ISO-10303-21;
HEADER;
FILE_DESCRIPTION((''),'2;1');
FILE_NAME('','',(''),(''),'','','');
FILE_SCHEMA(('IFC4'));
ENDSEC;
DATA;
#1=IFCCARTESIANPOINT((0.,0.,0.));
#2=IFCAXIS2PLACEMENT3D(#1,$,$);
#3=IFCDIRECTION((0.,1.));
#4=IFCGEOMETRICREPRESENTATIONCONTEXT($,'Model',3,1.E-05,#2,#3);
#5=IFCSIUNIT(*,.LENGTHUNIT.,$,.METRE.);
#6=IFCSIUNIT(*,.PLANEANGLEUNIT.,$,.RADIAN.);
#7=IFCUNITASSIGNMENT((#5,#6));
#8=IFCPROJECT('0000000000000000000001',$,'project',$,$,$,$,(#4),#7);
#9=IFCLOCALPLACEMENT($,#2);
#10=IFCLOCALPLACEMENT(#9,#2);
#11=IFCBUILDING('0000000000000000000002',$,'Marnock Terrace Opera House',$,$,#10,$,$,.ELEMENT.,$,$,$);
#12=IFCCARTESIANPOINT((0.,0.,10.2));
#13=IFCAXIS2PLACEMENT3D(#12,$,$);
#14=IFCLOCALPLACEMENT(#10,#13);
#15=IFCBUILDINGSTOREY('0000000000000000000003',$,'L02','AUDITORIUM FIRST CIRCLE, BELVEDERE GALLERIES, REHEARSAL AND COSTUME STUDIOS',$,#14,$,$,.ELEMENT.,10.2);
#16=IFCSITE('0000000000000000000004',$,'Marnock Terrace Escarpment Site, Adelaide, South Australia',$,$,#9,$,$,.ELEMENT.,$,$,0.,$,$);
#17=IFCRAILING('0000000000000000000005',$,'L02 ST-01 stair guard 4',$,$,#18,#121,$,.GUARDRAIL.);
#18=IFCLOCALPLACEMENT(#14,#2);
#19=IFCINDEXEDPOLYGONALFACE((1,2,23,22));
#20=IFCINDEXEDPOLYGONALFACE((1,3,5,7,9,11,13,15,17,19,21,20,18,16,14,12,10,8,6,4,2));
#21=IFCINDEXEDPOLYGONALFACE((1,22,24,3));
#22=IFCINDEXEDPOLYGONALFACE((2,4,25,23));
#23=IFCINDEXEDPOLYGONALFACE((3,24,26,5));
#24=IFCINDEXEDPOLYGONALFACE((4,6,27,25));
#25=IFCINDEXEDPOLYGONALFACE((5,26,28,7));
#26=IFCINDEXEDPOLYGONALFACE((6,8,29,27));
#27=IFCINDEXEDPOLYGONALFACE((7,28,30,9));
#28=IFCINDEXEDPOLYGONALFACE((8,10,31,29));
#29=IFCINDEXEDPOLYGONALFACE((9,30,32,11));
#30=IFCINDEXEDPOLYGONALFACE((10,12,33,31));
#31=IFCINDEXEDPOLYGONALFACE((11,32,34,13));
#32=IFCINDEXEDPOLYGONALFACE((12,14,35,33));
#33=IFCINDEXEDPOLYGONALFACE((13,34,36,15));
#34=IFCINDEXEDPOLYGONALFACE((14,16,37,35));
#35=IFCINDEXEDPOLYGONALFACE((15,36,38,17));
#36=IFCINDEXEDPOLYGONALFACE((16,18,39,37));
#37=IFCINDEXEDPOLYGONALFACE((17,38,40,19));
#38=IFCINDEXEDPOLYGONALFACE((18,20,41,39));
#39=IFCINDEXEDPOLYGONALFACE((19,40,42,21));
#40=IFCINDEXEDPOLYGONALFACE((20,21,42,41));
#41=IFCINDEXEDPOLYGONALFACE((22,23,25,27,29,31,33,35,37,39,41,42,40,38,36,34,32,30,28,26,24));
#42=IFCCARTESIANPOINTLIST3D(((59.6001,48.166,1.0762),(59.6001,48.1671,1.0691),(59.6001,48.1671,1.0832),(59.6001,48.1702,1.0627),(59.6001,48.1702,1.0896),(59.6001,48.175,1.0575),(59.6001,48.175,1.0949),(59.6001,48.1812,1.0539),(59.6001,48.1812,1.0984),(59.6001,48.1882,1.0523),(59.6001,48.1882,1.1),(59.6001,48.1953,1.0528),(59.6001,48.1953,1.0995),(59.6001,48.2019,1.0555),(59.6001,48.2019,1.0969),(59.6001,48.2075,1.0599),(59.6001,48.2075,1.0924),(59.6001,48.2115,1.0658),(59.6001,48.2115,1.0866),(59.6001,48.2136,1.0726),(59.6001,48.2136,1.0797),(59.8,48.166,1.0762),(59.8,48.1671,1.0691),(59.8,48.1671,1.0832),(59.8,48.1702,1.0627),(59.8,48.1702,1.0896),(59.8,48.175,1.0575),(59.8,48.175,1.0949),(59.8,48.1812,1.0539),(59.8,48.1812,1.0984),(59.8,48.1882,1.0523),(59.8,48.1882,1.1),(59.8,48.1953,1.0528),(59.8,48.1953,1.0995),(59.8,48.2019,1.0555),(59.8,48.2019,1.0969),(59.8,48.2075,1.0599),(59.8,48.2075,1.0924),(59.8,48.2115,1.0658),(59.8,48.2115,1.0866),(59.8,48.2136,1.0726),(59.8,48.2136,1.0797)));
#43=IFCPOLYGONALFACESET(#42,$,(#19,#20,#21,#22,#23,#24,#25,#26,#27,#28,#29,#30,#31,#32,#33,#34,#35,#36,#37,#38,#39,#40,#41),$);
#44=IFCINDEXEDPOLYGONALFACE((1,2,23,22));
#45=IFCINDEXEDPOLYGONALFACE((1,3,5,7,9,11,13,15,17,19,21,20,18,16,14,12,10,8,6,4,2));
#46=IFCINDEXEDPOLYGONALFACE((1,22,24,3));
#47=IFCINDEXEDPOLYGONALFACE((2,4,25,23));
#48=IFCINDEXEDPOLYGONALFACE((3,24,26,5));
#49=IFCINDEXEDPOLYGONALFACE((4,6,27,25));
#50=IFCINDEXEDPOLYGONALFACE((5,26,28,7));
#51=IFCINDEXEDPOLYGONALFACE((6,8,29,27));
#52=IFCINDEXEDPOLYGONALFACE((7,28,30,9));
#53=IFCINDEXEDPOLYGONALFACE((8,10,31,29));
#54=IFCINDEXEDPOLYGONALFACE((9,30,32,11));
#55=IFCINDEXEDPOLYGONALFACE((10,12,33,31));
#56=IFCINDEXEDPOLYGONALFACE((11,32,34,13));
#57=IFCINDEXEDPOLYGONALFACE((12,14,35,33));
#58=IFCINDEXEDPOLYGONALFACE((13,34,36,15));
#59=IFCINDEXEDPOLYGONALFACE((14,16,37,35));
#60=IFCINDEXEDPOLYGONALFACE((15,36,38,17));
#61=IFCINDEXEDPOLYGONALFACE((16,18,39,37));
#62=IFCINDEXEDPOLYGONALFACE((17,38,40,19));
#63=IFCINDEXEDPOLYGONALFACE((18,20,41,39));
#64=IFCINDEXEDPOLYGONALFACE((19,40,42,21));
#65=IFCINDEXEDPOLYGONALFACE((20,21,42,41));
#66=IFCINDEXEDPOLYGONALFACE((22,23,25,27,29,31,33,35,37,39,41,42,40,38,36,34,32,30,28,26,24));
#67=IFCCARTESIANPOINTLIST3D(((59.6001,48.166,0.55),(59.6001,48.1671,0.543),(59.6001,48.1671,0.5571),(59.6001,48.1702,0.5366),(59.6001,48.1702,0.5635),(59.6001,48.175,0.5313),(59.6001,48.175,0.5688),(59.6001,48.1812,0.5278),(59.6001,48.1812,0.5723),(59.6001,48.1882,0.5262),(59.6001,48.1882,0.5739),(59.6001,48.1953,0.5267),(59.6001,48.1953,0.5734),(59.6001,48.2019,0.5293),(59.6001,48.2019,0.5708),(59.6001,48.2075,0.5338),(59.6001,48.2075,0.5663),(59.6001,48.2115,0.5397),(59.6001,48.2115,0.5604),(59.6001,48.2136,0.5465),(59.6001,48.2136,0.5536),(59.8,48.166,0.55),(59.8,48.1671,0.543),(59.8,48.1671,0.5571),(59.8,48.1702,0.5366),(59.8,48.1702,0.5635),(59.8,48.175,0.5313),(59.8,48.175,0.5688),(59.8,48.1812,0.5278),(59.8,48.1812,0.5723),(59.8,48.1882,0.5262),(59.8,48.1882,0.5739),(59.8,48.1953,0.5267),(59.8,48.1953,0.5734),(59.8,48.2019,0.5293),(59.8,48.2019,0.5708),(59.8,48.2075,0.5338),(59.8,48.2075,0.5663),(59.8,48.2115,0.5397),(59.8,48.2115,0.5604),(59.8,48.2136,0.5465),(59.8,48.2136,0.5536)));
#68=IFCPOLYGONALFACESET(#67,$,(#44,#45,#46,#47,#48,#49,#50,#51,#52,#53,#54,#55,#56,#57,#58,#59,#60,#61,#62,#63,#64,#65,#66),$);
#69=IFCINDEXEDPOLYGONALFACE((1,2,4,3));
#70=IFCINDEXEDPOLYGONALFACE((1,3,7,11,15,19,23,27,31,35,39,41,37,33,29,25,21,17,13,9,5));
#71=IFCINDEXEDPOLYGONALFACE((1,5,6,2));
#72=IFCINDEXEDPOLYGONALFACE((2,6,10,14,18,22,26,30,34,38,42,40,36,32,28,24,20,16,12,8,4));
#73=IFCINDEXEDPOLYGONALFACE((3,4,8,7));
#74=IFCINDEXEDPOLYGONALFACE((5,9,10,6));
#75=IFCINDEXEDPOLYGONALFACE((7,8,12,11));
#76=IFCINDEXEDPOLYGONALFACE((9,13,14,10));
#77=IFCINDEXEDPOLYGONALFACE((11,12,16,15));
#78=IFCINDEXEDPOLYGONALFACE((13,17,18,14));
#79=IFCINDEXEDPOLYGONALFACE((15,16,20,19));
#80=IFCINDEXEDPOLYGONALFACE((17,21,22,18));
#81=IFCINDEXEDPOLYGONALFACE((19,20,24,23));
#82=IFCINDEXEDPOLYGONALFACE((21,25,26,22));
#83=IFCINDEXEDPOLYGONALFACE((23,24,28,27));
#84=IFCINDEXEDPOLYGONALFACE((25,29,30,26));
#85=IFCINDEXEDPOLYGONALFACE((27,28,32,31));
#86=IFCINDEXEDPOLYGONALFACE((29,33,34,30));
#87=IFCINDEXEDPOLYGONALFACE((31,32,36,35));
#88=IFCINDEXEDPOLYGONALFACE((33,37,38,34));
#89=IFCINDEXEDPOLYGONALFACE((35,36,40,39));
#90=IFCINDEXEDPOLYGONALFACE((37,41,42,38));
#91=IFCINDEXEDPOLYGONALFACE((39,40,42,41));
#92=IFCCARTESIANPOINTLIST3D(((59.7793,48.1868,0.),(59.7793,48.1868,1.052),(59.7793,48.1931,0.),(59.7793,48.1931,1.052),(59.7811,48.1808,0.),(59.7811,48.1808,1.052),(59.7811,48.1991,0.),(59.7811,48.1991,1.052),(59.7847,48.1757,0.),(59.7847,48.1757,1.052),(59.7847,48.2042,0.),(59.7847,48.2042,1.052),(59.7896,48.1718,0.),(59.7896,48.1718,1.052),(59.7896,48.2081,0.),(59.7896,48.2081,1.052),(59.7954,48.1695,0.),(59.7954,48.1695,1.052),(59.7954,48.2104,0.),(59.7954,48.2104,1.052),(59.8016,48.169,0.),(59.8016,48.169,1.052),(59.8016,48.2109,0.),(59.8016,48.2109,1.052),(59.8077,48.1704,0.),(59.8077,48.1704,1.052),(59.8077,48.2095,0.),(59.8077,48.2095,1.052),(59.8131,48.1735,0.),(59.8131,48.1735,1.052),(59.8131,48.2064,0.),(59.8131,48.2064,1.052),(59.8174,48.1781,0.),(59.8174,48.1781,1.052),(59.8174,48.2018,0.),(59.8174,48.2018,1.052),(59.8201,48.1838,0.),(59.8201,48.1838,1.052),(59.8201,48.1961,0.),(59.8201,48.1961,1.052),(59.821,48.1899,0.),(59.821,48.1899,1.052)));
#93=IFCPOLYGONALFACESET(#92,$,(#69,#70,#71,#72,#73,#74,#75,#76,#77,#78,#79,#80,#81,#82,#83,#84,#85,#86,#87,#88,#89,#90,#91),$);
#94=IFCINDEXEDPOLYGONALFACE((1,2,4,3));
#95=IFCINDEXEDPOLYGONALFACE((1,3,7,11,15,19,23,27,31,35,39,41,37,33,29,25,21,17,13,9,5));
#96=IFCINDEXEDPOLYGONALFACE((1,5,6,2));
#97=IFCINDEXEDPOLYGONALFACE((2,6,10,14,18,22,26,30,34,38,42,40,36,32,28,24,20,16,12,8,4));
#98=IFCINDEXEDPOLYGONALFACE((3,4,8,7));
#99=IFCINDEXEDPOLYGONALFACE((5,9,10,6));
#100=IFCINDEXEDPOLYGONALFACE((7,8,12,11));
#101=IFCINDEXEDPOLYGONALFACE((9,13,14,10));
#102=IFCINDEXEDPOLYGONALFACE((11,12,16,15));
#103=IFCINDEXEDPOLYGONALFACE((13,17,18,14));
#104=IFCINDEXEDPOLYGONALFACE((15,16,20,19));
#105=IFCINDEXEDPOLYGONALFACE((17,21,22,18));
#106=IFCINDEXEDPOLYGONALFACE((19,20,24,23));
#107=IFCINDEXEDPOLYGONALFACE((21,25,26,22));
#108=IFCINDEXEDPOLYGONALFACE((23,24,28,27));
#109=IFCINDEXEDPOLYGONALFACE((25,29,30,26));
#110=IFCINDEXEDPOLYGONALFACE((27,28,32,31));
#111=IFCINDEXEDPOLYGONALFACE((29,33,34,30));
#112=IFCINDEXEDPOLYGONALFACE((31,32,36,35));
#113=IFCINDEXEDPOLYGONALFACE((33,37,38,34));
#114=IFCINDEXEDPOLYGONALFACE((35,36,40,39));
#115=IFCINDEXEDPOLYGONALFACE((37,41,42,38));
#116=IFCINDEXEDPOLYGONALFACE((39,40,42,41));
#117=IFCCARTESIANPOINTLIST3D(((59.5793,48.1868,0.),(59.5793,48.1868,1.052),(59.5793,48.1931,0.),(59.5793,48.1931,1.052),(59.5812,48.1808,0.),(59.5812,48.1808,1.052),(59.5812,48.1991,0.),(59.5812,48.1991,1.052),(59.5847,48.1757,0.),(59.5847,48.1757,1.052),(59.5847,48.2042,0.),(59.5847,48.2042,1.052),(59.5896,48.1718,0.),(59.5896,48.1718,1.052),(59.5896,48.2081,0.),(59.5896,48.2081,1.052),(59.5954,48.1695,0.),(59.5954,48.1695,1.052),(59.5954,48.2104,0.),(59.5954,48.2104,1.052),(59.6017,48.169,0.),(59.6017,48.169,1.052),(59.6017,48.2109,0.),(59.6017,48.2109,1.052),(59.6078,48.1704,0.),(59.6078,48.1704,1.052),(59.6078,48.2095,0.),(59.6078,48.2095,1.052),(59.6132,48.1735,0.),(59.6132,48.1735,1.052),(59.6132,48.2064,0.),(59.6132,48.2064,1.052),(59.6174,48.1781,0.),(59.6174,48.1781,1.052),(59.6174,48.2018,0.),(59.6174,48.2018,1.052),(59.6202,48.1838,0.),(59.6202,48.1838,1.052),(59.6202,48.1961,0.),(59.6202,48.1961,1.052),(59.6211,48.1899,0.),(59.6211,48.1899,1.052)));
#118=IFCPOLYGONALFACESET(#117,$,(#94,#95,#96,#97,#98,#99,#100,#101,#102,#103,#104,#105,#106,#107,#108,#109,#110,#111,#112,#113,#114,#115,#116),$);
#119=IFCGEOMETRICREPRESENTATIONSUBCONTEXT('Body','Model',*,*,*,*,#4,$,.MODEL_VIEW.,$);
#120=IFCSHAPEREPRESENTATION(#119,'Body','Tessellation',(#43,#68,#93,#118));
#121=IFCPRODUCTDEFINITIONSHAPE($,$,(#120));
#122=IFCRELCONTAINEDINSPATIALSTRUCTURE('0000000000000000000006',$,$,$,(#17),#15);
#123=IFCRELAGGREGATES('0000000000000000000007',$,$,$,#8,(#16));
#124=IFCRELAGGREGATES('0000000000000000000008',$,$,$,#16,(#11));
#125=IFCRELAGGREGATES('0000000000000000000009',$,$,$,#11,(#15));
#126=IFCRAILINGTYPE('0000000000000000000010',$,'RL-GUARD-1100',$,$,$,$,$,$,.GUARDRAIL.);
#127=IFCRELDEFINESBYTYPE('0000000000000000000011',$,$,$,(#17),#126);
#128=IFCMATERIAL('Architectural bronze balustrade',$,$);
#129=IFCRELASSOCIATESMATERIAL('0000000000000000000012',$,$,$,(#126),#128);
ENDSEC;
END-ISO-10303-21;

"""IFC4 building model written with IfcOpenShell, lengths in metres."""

from ifc_helpers import new_model, si_unit, direction, frame, origin, origin_2d, place, context, subcontext, project, spatial, circle, extrude, material, type_object, element, save


model = new_model("IFC4")

# Units and contexts
model_context = context("Model", 3, precision=1e-05, world=origin(), true_north=direction((0.0, 1.0)))
body_context = subcontext(model_context, "Body", "Model", "MODEL_VIEW")
ifc_project = project(units=[si_unit("LENGTHUNIT", "METRE"), si_unit("PLANEANGLEUNIT", "RADIAN")], contexts=[model_context])

# Site, building, storey
site_placement = place(None, origin())
site = spatial("IfcSite", under=ifc_project, at=site_placement, Name="Marnock Terrace Escarpment Site, Adelaide, South Australia", CompositionType="ELEMENT", RefElevation=0.0)
building_placement = place(site_placement, origin())
building = spatial("IfcBuilding", under=site, at=building_placement, Name="Marnock Terrace Opera House", CompositionType="ELEMENT")
storey_placement = place(building_placement, frame((0.0, 0.0, 10.2)))
storey = spatial("IfcBuildingStorey", under=building, at=storey_placement, Name="L02", Description="AUDITORIUM FIRST CIRCLE, BELVEDERE GALLERIES, REHEARSAL AND COSTUME STUDIOS", CompositionType="ELEMENT", Elevation=10.2)

# Railing
ifc_material_1 = material(Name="Architectural bronze balustrade")
railing_type_1 = type_object("IfcRailingType", Name="RL-GUARD-1100", PredefinedType="GUARDRAIL", material=ifc_material_1)
railing_1_placement = place(storey_placement, frame((59.8, 48.1899, 0.0)))
element("IfcRailing", 1, at=railing_1_placement, inside=storey, type_object=railing_type_1, Name="L02 ST-01 stair guard 4", PredefinedType="GUARDRAIL", context=body_context, shape_type="SweptSolid", body=[
    extrude(circle(Radius=0.0239, at=origin_2d()), frame((0.0, 0.0, 1.0762), z_axis=(-1.0, 0.0, 0.0), x_axis=(0.0, -1.0, 0.0)), (0.0, 0.0, 1.0), 0.2),
    extrude(circle(Radius=0.0239, at=origin_2d()), frame((0.0, 0.0, 0.55), z_axis=(-1.0, 0.0, 0.0), x_axis=(0.0, -1.0, 0.0)), (0.0, 0.0, 1.0), 0.2),
    extrude(circle(Radius=0.021, at=origin_2d()), origin(), (0.0, 0.0, 1.0), 1.052),
    extrude(circle(Radius=0.021, at=origin_2d()), frame((-0.2, 0.0, 0.0)), (0.0, 0.0, 1.0), 1.052),
])

save(model, "model.ifc")
